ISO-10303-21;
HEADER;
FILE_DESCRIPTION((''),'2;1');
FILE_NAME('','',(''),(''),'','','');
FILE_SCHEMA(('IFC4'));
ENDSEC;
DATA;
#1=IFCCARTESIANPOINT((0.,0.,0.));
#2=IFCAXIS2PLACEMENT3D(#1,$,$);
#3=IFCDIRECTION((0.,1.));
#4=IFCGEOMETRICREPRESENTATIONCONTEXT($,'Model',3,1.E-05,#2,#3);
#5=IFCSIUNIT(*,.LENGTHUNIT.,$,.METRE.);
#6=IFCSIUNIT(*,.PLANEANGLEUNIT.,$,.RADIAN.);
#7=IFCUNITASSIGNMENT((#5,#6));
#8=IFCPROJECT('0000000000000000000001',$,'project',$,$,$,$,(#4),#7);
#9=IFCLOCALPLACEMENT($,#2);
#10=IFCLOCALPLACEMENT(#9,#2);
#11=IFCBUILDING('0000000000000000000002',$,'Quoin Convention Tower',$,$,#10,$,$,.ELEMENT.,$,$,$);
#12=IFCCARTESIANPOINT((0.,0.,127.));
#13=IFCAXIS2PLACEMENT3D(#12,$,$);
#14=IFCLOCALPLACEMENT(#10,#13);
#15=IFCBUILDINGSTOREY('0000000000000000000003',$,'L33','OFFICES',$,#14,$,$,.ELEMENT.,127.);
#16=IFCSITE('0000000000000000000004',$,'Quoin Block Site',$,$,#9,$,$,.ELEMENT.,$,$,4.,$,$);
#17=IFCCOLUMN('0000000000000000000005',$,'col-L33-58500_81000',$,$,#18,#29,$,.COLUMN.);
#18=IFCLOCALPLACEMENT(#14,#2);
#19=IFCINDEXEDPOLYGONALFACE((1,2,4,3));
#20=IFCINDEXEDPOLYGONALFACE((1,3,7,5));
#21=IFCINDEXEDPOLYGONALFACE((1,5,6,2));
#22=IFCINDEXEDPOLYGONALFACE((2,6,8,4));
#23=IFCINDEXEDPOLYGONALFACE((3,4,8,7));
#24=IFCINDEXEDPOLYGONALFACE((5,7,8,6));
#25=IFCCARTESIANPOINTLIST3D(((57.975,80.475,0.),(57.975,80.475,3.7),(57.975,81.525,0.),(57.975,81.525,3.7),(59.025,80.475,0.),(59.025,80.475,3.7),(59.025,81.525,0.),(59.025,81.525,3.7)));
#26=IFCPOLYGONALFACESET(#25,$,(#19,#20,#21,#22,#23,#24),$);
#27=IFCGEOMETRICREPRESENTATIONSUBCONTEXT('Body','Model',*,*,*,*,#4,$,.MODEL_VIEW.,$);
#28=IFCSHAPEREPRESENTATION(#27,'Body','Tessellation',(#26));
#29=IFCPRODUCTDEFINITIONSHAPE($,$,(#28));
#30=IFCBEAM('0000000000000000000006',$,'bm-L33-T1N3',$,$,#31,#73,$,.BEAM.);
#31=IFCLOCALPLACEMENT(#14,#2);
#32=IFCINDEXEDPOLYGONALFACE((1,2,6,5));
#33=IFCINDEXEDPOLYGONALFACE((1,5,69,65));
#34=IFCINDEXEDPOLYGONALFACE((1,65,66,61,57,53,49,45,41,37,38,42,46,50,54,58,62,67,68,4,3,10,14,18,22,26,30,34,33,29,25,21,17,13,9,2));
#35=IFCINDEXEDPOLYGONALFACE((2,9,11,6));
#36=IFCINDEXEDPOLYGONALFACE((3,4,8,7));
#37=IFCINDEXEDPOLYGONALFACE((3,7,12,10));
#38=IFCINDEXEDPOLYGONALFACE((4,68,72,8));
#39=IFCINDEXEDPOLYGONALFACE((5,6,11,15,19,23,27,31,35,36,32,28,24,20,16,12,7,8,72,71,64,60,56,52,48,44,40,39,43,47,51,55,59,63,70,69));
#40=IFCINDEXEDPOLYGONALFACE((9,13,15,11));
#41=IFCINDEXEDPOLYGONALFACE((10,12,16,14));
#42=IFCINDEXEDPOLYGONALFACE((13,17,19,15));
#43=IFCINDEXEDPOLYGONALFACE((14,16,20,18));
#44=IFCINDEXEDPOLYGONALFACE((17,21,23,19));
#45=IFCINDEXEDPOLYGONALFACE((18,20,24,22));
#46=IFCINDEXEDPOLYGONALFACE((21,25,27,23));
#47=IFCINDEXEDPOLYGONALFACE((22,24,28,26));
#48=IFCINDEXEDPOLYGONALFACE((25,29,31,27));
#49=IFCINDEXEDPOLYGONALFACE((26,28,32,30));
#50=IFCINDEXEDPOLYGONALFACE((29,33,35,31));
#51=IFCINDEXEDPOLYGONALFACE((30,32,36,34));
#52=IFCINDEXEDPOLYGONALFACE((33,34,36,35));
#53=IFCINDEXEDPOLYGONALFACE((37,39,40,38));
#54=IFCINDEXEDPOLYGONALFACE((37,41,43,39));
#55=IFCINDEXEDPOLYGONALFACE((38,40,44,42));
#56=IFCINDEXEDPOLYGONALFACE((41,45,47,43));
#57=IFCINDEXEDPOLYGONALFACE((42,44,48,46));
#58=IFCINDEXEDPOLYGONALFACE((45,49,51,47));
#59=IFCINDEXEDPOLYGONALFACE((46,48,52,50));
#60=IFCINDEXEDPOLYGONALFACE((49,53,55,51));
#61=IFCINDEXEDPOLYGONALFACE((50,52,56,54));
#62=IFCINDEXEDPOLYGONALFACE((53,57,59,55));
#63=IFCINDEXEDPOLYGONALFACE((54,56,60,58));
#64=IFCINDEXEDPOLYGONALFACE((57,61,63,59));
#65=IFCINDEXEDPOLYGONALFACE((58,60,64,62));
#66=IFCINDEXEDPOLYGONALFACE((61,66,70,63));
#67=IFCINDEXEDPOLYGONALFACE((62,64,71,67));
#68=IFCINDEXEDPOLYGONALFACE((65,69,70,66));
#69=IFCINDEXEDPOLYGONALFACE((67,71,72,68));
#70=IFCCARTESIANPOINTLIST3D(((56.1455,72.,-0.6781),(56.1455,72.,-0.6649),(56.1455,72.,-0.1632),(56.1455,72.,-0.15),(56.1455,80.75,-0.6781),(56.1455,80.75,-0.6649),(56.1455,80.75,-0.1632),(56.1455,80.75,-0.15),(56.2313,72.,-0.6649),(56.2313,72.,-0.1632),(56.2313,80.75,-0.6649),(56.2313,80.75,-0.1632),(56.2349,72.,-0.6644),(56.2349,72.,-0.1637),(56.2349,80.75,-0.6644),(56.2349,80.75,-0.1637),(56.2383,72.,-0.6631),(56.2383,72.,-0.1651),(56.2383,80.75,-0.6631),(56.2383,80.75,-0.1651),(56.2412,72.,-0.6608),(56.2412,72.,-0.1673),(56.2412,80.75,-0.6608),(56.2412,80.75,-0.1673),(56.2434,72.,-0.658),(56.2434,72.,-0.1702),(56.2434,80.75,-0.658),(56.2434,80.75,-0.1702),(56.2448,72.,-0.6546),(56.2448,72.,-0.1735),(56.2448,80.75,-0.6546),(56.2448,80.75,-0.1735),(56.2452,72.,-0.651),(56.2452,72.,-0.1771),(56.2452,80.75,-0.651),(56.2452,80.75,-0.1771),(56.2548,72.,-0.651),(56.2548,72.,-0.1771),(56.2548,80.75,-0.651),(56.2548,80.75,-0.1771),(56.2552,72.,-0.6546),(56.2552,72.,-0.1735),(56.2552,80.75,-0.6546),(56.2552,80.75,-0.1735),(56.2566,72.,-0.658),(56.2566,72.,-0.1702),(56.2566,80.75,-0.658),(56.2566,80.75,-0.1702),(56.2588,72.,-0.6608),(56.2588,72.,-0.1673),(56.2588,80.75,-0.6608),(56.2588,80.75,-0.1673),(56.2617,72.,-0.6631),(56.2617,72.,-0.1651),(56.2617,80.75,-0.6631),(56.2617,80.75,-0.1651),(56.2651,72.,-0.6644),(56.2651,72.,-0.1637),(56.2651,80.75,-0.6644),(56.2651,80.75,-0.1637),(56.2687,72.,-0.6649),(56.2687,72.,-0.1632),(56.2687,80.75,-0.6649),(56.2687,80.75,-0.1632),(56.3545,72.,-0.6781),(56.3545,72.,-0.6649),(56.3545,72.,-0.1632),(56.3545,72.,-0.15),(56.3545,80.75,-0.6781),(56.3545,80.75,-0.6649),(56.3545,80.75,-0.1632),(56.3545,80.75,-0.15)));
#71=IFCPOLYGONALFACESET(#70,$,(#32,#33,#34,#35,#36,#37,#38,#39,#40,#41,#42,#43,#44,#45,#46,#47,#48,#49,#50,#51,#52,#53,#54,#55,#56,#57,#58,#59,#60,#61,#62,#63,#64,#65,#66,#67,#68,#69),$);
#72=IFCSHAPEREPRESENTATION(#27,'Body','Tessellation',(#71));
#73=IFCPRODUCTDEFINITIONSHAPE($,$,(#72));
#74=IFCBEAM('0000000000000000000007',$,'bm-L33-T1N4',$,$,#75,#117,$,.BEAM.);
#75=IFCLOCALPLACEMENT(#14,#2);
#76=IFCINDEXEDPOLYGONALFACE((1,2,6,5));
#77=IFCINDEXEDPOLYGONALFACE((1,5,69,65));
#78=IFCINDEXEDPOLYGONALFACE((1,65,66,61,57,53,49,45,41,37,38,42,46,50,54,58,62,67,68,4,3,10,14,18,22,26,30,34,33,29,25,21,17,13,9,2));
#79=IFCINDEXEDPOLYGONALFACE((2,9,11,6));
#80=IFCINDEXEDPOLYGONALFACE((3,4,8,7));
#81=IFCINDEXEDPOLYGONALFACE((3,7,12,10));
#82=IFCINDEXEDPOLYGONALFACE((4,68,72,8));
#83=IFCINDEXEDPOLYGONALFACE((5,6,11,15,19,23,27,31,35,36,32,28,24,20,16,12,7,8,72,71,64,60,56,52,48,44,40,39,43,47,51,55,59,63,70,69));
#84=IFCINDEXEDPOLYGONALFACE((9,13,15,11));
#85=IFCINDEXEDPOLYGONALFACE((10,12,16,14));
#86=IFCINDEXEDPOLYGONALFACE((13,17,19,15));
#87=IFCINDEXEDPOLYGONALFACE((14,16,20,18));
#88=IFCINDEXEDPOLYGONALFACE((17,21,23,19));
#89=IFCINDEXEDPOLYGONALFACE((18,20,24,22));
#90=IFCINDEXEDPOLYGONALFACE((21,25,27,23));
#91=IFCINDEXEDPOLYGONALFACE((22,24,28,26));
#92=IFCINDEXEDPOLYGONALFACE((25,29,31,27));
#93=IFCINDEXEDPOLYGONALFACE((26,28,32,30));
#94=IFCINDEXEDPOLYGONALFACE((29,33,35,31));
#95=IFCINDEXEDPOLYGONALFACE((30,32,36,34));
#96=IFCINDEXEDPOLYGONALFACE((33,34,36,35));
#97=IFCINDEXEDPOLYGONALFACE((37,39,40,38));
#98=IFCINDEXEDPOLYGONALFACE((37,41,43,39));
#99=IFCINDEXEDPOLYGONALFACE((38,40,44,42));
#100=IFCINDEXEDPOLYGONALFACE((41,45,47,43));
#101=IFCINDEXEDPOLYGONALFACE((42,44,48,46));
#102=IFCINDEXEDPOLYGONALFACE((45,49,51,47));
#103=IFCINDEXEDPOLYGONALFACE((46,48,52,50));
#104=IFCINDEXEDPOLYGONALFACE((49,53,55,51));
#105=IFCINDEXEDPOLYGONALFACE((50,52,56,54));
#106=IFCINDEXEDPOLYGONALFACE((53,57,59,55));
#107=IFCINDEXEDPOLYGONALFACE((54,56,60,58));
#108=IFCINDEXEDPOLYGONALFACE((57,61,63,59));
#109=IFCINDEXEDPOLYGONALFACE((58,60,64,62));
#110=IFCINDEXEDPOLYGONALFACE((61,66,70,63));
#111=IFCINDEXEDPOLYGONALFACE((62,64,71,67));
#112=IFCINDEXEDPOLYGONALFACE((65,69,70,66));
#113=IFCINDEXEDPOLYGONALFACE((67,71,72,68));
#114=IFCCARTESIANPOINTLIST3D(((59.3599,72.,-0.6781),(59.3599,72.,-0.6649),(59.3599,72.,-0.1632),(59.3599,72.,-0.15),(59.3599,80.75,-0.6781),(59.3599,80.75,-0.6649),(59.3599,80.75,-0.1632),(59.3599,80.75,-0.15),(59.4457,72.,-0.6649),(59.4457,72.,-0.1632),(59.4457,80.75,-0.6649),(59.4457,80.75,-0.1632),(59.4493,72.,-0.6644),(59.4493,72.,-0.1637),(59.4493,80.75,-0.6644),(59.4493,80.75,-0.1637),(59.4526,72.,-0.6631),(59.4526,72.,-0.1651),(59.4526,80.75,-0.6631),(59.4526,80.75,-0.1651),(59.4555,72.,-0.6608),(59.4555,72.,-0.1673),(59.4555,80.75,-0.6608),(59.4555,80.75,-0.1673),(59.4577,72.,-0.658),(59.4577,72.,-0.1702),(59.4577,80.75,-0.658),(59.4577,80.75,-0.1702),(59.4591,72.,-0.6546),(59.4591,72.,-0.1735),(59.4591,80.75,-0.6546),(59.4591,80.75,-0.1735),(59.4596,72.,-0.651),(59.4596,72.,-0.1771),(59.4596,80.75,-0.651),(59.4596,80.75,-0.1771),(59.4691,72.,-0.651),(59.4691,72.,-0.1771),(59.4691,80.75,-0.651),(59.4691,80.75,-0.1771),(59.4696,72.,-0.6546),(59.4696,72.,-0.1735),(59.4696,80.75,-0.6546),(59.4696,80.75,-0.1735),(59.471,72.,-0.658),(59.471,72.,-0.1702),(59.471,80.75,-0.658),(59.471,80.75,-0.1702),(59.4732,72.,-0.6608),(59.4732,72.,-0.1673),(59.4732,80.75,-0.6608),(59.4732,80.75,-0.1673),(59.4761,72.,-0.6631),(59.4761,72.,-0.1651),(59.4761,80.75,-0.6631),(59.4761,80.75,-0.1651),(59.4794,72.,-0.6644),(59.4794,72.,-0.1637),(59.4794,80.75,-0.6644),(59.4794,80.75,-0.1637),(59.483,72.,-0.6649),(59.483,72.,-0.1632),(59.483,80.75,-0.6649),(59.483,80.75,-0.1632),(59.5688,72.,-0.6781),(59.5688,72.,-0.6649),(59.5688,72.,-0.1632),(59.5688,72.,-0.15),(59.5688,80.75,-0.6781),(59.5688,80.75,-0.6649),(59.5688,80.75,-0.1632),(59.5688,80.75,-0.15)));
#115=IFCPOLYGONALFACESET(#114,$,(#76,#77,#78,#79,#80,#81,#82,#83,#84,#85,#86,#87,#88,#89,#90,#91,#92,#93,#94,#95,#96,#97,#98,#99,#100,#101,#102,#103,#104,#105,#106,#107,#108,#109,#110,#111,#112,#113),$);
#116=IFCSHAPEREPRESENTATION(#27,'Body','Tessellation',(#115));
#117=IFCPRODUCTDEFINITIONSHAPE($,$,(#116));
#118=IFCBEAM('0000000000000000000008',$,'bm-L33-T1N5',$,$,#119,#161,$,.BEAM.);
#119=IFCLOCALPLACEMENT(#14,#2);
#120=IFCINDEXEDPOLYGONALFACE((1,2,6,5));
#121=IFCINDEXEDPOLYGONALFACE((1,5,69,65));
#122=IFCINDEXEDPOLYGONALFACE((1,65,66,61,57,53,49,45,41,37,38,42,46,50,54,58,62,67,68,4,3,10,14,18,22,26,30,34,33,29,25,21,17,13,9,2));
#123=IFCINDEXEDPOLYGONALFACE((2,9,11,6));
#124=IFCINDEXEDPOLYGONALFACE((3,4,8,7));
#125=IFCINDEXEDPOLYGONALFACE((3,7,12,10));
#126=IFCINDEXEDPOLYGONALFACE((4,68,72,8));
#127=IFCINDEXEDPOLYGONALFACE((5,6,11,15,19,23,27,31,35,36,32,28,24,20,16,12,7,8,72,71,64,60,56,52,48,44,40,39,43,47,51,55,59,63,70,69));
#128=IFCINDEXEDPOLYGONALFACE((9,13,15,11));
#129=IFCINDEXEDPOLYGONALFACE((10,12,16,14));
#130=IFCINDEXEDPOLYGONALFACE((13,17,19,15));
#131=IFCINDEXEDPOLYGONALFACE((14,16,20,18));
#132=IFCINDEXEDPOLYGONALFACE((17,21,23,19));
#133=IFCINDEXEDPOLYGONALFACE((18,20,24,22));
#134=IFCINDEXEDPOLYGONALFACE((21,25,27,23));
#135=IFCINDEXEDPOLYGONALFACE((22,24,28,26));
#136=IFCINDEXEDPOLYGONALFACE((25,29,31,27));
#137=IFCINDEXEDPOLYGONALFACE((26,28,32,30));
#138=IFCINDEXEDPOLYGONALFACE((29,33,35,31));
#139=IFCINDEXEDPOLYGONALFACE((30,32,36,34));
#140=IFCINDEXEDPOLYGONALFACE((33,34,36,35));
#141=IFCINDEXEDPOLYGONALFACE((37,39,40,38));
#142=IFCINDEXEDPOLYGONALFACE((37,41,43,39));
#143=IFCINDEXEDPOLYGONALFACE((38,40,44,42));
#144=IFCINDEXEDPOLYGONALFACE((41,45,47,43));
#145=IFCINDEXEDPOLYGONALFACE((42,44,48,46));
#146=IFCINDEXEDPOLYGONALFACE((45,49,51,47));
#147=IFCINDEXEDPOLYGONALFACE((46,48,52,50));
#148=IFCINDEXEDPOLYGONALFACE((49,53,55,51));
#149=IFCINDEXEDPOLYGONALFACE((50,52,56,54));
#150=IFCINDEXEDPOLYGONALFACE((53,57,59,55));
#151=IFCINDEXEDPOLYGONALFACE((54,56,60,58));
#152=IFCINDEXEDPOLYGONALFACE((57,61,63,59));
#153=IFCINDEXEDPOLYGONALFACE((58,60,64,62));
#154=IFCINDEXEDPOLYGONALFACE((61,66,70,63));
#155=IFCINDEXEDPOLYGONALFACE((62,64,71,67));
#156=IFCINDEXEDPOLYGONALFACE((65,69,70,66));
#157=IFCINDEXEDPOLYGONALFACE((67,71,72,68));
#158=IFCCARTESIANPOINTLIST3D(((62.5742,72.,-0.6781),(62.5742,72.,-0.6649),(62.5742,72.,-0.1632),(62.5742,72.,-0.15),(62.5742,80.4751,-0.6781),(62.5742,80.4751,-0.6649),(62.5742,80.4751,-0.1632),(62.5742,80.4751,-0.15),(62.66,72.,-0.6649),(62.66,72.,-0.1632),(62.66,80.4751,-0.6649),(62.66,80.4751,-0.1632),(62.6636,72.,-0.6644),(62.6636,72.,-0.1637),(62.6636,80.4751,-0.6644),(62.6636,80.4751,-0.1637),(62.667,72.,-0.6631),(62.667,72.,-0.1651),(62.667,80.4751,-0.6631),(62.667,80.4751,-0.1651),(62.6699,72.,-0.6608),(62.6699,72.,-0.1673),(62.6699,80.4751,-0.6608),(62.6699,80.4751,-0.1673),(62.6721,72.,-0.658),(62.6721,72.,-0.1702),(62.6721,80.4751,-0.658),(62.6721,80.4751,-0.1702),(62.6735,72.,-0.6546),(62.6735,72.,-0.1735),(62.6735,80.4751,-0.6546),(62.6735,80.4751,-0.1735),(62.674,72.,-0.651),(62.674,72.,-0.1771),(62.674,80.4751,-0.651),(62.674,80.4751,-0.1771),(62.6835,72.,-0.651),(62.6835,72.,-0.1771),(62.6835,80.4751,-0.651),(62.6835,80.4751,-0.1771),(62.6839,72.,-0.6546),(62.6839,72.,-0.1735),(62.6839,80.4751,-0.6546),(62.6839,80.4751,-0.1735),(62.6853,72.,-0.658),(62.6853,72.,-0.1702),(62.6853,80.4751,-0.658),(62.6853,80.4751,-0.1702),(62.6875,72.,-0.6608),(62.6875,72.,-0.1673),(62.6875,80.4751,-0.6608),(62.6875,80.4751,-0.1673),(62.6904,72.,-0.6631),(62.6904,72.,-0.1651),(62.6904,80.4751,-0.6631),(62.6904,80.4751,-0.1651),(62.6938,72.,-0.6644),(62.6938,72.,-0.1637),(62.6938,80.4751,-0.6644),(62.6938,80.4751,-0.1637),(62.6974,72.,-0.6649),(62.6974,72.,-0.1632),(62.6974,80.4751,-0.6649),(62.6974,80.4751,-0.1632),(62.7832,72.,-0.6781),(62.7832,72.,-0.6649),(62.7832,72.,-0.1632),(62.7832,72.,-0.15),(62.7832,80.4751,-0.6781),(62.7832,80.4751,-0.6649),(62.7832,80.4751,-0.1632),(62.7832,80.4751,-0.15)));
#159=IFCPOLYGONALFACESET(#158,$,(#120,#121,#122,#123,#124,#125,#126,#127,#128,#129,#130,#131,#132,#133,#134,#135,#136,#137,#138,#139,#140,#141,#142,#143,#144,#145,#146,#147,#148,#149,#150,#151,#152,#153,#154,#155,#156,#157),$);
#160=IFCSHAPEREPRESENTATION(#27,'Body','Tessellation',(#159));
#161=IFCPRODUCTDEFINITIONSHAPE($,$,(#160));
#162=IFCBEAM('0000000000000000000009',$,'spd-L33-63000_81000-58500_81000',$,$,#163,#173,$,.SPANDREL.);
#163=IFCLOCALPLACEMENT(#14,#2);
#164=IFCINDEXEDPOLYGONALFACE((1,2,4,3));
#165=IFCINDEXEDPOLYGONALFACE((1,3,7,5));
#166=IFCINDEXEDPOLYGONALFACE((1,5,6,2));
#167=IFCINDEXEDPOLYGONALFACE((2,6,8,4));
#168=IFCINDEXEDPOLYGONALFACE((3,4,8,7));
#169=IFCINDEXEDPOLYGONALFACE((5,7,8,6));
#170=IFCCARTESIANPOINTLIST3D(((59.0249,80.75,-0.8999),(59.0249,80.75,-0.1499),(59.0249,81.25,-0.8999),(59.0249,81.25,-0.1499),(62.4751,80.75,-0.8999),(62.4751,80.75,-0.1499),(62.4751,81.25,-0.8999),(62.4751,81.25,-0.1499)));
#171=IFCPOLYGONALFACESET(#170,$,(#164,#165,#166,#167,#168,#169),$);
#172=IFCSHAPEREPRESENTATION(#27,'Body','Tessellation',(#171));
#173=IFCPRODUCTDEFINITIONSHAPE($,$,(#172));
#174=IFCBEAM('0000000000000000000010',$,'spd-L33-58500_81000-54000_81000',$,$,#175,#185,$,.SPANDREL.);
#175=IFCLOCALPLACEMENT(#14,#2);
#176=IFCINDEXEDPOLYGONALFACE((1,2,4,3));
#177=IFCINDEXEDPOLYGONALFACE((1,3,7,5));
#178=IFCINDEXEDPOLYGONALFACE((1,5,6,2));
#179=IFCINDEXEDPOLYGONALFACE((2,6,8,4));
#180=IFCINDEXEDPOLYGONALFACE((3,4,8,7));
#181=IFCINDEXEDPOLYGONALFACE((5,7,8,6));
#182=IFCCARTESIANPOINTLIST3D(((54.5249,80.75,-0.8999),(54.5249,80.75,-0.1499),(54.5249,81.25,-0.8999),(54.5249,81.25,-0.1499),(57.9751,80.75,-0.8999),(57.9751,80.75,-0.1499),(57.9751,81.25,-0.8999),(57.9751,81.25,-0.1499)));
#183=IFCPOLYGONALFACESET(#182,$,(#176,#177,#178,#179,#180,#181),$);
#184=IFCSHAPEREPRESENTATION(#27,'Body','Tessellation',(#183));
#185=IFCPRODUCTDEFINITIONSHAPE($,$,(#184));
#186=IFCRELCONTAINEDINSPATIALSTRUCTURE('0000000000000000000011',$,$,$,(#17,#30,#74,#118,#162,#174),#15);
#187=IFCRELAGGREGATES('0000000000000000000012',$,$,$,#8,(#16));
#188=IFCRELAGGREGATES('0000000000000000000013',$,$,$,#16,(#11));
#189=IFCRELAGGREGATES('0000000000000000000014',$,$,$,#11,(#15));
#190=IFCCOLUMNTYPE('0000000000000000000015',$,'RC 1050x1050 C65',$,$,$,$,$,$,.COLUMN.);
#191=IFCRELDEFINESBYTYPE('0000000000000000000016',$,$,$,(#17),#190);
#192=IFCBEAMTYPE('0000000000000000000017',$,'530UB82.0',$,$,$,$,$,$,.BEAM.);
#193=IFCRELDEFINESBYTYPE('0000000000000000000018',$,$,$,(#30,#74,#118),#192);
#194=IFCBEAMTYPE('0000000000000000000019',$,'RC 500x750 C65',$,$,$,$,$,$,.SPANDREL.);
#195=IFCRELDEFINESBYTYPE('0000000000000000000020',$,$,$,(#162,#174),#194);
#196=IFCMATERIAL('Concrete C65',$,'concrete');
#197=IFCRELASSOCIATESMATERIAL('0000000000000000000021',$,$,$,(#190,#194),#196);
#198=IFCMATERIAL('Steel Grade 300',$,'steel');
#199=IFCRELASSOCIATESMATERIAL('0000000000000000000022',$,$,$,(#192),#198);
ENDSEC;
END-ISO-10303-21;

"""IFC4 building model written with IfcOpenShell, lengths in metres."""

from ifc_helpers import new_model, si_unit, direction, frame, origin, origin_2d, place, context, subcontext, project, spatial, rectangle, i_section, extrude, material, material_profile, profile_set, type_object, element, save


model = new_model("IFC4")

# Units and contexts
model_context = context("Model", 3, precision=1e-05, world=origin(), true_north=direction((0.0, 1.0)))
body_context = subcontext(model_context, "Body", "Model", "MODEL_VIEW")
ifc_project = project(units=[si_unit("LENGTHUNIT", "METRE"), si_unit("PLANEANGLEUNIT", "RADIAN")], contexts=[model_context])

# Site, building, storey
site_placement = place(None, origin())
site = spatial("IfcSite", under=ifc_project, at=site_placement, Name="Quoin Block Site", CompositionType="ELEMENT", RefElevation=4.0)
building_placement = place(site_placement, origin())
building = spatial("IfcBuilding", under=site, at=building_placement, Name="Quoin Convention Tower", CompositionType="ELEMENT")
storey_placement = place(building_placement, frame((0.0, 0.0, 127.0)))
storey = spatial("IfcBuildingStorey", under=building, at=storey_placement, Name="L33", Description="OFFICES", CompositionType="ELEMENT", Elevation=127.0)

# Column
ifc_material_1 = material(Name="Concrete C65", Category="concrete")
ifc_material_profile_1 = material_profile(ifc_material_1, rectangle(XDim=1.05, YDim=1.05, at=origin_2d()), Name="RC 1050x1050")
ifc_profile_set_1 = profile_set([ifc_material_profile_1], Name="Concrete C65")
column_type = type_object("IfcColumnType", Name="RC 1050x1050 C65", PredefinedType="COLUMN", material=ifc_profile_set_1)
column_placement = place(storey_placement, frame((58.5, 81.0, 0.0), z_axis=(0.0, 0.0, 1.0), x_axis=(1.0, 0.0, 0.0)))
element("IfcColumn", 1, at=column_placement, inside=storey, type_object=column_type, Name="col-L33-58500_81000", PredefinedType="COLUMN", context=body_context, shape_type="SweptSolid", body=[
    extrude(rectangle(XDim=1.05, YDim=1.05, at=origin_2d()), origin(), (0.0, 0.0, 1.0), 3.7),
])

# Beams
ifc_material_2 = material(Name="Steel Grade 300", Category="steel")
ifc_material_profile_2 = material_profile(ifc_material_2, i_section(OverallWidth=0.209, OverallDepth=0.5281, WebThickness=0.0095, FlangeThickness=0.0132, FilletRadius=0.0139, at=origin_2d()), Name="530UB82.0")
ifc_profile_set_2 = profile_set([ifc_material_profile_2], Name="Steel Grade 300")
beam_type_1 = type_object("IfcBeamType", Name="530UB82.0", PredefinedType="BEAM", material=ifc_profile_set_2)
for number, where, z_axis, x_axis, name in (
    (2, (56.25, 72.0, -0.4141), (0.0, 1.0, 0.0), (-1.0, 0.0, 0.0), "bm-L33-T1N3"),
    (3, (59.4644, 72.0, -0.4141), (0.0, 1.0, 0.0), (-1.0, 0.0, 0.0), "bm-L33-T1N4"),
):
    element("IfcBeam", number, at=place(storey_placement, frame(where, z_axis=z_axis, x_axis=x_axis)), inside=storey, type_object=beam_type_1, Name=name, PredefinedType="BEAM", context=body_context, shape_type="SweptSolid", body=[
        extrude(i_section(OverallWidth=0.209, OverallDepth=0.5281, WebThickness=0.0095, FlangeThickness=0.0132, FilletRadius=0.0139, at=origin_2d()), origin(), (0.0, 0.0, 1.0), 8.75),
    ])
beam_placement = place(storey_placement, frame((62.6787, 72.0, -0.4141), z_axis=(0.0, 1.0, 0.0), x_axis=(-1.0, 0.0, 0.0)))
element("IfcBeam", 4, at=beam_placement, inside=storey, type_object=beam_type_1, Name="bm-L33-T1N5", PredefinedType="BEAM", context=body_context, shape_type="SweptSolid", body=[
    extrude(i_section(OverallWidth=0.209, OverallDepth=0.5281, WebThickness=0.0095, FlangeThickness=0.0132, FilletRadius=0.0139, at=origin_2d()), origin(), (0.0, 0.0, 1.0), 8.4751),
])
ifc_material_profile_3 = material_profile(ifc_material_1, rectangle(XDim=0.5, YDim=0.75, at=origin_2d()), Name="RC 500x750")
ifc_profile_set_3 = profile_set([ifc_material_profile_3], Name="Concrete C65")
beam_type_2 = type_object("IfcBeamType", Name="RC 500x750 C65", PredefinedType="SPANDREL", material=ifc_profile_set_3)
for number, where, z_axis, x_axis, name in (
    (5, (62.4751, 81.0, -0.5249), (-1.0, 0.0, 0.0), (0.0, -1.0, 0.0), "spd-L33-63000_81000-58500_81000"),
    (6, (57.9751, 81.0, -0.5249), (-1.0, 0.0, 0.0), (0.0, -1.0, 0.0), "spd-L33-58500_81000-54000_81000"),
):
    element("IfcBeam", number, at=place(storey_placement, frame(where, z_axis=z_axis, x_axis=x_axis)), inside=storey, type_object=beam_type_2, Name=name, PredefinedType="SPANDREL", context=body_context, shape_type="SweptSolid", body=[
        extrude(rectangle(XDim=0.5, YDim=0.75, at=origin_2d()), origin(), (0.0, 0.0, 1.0), 3.4502),
    ])

save(model, "model.ifc")
